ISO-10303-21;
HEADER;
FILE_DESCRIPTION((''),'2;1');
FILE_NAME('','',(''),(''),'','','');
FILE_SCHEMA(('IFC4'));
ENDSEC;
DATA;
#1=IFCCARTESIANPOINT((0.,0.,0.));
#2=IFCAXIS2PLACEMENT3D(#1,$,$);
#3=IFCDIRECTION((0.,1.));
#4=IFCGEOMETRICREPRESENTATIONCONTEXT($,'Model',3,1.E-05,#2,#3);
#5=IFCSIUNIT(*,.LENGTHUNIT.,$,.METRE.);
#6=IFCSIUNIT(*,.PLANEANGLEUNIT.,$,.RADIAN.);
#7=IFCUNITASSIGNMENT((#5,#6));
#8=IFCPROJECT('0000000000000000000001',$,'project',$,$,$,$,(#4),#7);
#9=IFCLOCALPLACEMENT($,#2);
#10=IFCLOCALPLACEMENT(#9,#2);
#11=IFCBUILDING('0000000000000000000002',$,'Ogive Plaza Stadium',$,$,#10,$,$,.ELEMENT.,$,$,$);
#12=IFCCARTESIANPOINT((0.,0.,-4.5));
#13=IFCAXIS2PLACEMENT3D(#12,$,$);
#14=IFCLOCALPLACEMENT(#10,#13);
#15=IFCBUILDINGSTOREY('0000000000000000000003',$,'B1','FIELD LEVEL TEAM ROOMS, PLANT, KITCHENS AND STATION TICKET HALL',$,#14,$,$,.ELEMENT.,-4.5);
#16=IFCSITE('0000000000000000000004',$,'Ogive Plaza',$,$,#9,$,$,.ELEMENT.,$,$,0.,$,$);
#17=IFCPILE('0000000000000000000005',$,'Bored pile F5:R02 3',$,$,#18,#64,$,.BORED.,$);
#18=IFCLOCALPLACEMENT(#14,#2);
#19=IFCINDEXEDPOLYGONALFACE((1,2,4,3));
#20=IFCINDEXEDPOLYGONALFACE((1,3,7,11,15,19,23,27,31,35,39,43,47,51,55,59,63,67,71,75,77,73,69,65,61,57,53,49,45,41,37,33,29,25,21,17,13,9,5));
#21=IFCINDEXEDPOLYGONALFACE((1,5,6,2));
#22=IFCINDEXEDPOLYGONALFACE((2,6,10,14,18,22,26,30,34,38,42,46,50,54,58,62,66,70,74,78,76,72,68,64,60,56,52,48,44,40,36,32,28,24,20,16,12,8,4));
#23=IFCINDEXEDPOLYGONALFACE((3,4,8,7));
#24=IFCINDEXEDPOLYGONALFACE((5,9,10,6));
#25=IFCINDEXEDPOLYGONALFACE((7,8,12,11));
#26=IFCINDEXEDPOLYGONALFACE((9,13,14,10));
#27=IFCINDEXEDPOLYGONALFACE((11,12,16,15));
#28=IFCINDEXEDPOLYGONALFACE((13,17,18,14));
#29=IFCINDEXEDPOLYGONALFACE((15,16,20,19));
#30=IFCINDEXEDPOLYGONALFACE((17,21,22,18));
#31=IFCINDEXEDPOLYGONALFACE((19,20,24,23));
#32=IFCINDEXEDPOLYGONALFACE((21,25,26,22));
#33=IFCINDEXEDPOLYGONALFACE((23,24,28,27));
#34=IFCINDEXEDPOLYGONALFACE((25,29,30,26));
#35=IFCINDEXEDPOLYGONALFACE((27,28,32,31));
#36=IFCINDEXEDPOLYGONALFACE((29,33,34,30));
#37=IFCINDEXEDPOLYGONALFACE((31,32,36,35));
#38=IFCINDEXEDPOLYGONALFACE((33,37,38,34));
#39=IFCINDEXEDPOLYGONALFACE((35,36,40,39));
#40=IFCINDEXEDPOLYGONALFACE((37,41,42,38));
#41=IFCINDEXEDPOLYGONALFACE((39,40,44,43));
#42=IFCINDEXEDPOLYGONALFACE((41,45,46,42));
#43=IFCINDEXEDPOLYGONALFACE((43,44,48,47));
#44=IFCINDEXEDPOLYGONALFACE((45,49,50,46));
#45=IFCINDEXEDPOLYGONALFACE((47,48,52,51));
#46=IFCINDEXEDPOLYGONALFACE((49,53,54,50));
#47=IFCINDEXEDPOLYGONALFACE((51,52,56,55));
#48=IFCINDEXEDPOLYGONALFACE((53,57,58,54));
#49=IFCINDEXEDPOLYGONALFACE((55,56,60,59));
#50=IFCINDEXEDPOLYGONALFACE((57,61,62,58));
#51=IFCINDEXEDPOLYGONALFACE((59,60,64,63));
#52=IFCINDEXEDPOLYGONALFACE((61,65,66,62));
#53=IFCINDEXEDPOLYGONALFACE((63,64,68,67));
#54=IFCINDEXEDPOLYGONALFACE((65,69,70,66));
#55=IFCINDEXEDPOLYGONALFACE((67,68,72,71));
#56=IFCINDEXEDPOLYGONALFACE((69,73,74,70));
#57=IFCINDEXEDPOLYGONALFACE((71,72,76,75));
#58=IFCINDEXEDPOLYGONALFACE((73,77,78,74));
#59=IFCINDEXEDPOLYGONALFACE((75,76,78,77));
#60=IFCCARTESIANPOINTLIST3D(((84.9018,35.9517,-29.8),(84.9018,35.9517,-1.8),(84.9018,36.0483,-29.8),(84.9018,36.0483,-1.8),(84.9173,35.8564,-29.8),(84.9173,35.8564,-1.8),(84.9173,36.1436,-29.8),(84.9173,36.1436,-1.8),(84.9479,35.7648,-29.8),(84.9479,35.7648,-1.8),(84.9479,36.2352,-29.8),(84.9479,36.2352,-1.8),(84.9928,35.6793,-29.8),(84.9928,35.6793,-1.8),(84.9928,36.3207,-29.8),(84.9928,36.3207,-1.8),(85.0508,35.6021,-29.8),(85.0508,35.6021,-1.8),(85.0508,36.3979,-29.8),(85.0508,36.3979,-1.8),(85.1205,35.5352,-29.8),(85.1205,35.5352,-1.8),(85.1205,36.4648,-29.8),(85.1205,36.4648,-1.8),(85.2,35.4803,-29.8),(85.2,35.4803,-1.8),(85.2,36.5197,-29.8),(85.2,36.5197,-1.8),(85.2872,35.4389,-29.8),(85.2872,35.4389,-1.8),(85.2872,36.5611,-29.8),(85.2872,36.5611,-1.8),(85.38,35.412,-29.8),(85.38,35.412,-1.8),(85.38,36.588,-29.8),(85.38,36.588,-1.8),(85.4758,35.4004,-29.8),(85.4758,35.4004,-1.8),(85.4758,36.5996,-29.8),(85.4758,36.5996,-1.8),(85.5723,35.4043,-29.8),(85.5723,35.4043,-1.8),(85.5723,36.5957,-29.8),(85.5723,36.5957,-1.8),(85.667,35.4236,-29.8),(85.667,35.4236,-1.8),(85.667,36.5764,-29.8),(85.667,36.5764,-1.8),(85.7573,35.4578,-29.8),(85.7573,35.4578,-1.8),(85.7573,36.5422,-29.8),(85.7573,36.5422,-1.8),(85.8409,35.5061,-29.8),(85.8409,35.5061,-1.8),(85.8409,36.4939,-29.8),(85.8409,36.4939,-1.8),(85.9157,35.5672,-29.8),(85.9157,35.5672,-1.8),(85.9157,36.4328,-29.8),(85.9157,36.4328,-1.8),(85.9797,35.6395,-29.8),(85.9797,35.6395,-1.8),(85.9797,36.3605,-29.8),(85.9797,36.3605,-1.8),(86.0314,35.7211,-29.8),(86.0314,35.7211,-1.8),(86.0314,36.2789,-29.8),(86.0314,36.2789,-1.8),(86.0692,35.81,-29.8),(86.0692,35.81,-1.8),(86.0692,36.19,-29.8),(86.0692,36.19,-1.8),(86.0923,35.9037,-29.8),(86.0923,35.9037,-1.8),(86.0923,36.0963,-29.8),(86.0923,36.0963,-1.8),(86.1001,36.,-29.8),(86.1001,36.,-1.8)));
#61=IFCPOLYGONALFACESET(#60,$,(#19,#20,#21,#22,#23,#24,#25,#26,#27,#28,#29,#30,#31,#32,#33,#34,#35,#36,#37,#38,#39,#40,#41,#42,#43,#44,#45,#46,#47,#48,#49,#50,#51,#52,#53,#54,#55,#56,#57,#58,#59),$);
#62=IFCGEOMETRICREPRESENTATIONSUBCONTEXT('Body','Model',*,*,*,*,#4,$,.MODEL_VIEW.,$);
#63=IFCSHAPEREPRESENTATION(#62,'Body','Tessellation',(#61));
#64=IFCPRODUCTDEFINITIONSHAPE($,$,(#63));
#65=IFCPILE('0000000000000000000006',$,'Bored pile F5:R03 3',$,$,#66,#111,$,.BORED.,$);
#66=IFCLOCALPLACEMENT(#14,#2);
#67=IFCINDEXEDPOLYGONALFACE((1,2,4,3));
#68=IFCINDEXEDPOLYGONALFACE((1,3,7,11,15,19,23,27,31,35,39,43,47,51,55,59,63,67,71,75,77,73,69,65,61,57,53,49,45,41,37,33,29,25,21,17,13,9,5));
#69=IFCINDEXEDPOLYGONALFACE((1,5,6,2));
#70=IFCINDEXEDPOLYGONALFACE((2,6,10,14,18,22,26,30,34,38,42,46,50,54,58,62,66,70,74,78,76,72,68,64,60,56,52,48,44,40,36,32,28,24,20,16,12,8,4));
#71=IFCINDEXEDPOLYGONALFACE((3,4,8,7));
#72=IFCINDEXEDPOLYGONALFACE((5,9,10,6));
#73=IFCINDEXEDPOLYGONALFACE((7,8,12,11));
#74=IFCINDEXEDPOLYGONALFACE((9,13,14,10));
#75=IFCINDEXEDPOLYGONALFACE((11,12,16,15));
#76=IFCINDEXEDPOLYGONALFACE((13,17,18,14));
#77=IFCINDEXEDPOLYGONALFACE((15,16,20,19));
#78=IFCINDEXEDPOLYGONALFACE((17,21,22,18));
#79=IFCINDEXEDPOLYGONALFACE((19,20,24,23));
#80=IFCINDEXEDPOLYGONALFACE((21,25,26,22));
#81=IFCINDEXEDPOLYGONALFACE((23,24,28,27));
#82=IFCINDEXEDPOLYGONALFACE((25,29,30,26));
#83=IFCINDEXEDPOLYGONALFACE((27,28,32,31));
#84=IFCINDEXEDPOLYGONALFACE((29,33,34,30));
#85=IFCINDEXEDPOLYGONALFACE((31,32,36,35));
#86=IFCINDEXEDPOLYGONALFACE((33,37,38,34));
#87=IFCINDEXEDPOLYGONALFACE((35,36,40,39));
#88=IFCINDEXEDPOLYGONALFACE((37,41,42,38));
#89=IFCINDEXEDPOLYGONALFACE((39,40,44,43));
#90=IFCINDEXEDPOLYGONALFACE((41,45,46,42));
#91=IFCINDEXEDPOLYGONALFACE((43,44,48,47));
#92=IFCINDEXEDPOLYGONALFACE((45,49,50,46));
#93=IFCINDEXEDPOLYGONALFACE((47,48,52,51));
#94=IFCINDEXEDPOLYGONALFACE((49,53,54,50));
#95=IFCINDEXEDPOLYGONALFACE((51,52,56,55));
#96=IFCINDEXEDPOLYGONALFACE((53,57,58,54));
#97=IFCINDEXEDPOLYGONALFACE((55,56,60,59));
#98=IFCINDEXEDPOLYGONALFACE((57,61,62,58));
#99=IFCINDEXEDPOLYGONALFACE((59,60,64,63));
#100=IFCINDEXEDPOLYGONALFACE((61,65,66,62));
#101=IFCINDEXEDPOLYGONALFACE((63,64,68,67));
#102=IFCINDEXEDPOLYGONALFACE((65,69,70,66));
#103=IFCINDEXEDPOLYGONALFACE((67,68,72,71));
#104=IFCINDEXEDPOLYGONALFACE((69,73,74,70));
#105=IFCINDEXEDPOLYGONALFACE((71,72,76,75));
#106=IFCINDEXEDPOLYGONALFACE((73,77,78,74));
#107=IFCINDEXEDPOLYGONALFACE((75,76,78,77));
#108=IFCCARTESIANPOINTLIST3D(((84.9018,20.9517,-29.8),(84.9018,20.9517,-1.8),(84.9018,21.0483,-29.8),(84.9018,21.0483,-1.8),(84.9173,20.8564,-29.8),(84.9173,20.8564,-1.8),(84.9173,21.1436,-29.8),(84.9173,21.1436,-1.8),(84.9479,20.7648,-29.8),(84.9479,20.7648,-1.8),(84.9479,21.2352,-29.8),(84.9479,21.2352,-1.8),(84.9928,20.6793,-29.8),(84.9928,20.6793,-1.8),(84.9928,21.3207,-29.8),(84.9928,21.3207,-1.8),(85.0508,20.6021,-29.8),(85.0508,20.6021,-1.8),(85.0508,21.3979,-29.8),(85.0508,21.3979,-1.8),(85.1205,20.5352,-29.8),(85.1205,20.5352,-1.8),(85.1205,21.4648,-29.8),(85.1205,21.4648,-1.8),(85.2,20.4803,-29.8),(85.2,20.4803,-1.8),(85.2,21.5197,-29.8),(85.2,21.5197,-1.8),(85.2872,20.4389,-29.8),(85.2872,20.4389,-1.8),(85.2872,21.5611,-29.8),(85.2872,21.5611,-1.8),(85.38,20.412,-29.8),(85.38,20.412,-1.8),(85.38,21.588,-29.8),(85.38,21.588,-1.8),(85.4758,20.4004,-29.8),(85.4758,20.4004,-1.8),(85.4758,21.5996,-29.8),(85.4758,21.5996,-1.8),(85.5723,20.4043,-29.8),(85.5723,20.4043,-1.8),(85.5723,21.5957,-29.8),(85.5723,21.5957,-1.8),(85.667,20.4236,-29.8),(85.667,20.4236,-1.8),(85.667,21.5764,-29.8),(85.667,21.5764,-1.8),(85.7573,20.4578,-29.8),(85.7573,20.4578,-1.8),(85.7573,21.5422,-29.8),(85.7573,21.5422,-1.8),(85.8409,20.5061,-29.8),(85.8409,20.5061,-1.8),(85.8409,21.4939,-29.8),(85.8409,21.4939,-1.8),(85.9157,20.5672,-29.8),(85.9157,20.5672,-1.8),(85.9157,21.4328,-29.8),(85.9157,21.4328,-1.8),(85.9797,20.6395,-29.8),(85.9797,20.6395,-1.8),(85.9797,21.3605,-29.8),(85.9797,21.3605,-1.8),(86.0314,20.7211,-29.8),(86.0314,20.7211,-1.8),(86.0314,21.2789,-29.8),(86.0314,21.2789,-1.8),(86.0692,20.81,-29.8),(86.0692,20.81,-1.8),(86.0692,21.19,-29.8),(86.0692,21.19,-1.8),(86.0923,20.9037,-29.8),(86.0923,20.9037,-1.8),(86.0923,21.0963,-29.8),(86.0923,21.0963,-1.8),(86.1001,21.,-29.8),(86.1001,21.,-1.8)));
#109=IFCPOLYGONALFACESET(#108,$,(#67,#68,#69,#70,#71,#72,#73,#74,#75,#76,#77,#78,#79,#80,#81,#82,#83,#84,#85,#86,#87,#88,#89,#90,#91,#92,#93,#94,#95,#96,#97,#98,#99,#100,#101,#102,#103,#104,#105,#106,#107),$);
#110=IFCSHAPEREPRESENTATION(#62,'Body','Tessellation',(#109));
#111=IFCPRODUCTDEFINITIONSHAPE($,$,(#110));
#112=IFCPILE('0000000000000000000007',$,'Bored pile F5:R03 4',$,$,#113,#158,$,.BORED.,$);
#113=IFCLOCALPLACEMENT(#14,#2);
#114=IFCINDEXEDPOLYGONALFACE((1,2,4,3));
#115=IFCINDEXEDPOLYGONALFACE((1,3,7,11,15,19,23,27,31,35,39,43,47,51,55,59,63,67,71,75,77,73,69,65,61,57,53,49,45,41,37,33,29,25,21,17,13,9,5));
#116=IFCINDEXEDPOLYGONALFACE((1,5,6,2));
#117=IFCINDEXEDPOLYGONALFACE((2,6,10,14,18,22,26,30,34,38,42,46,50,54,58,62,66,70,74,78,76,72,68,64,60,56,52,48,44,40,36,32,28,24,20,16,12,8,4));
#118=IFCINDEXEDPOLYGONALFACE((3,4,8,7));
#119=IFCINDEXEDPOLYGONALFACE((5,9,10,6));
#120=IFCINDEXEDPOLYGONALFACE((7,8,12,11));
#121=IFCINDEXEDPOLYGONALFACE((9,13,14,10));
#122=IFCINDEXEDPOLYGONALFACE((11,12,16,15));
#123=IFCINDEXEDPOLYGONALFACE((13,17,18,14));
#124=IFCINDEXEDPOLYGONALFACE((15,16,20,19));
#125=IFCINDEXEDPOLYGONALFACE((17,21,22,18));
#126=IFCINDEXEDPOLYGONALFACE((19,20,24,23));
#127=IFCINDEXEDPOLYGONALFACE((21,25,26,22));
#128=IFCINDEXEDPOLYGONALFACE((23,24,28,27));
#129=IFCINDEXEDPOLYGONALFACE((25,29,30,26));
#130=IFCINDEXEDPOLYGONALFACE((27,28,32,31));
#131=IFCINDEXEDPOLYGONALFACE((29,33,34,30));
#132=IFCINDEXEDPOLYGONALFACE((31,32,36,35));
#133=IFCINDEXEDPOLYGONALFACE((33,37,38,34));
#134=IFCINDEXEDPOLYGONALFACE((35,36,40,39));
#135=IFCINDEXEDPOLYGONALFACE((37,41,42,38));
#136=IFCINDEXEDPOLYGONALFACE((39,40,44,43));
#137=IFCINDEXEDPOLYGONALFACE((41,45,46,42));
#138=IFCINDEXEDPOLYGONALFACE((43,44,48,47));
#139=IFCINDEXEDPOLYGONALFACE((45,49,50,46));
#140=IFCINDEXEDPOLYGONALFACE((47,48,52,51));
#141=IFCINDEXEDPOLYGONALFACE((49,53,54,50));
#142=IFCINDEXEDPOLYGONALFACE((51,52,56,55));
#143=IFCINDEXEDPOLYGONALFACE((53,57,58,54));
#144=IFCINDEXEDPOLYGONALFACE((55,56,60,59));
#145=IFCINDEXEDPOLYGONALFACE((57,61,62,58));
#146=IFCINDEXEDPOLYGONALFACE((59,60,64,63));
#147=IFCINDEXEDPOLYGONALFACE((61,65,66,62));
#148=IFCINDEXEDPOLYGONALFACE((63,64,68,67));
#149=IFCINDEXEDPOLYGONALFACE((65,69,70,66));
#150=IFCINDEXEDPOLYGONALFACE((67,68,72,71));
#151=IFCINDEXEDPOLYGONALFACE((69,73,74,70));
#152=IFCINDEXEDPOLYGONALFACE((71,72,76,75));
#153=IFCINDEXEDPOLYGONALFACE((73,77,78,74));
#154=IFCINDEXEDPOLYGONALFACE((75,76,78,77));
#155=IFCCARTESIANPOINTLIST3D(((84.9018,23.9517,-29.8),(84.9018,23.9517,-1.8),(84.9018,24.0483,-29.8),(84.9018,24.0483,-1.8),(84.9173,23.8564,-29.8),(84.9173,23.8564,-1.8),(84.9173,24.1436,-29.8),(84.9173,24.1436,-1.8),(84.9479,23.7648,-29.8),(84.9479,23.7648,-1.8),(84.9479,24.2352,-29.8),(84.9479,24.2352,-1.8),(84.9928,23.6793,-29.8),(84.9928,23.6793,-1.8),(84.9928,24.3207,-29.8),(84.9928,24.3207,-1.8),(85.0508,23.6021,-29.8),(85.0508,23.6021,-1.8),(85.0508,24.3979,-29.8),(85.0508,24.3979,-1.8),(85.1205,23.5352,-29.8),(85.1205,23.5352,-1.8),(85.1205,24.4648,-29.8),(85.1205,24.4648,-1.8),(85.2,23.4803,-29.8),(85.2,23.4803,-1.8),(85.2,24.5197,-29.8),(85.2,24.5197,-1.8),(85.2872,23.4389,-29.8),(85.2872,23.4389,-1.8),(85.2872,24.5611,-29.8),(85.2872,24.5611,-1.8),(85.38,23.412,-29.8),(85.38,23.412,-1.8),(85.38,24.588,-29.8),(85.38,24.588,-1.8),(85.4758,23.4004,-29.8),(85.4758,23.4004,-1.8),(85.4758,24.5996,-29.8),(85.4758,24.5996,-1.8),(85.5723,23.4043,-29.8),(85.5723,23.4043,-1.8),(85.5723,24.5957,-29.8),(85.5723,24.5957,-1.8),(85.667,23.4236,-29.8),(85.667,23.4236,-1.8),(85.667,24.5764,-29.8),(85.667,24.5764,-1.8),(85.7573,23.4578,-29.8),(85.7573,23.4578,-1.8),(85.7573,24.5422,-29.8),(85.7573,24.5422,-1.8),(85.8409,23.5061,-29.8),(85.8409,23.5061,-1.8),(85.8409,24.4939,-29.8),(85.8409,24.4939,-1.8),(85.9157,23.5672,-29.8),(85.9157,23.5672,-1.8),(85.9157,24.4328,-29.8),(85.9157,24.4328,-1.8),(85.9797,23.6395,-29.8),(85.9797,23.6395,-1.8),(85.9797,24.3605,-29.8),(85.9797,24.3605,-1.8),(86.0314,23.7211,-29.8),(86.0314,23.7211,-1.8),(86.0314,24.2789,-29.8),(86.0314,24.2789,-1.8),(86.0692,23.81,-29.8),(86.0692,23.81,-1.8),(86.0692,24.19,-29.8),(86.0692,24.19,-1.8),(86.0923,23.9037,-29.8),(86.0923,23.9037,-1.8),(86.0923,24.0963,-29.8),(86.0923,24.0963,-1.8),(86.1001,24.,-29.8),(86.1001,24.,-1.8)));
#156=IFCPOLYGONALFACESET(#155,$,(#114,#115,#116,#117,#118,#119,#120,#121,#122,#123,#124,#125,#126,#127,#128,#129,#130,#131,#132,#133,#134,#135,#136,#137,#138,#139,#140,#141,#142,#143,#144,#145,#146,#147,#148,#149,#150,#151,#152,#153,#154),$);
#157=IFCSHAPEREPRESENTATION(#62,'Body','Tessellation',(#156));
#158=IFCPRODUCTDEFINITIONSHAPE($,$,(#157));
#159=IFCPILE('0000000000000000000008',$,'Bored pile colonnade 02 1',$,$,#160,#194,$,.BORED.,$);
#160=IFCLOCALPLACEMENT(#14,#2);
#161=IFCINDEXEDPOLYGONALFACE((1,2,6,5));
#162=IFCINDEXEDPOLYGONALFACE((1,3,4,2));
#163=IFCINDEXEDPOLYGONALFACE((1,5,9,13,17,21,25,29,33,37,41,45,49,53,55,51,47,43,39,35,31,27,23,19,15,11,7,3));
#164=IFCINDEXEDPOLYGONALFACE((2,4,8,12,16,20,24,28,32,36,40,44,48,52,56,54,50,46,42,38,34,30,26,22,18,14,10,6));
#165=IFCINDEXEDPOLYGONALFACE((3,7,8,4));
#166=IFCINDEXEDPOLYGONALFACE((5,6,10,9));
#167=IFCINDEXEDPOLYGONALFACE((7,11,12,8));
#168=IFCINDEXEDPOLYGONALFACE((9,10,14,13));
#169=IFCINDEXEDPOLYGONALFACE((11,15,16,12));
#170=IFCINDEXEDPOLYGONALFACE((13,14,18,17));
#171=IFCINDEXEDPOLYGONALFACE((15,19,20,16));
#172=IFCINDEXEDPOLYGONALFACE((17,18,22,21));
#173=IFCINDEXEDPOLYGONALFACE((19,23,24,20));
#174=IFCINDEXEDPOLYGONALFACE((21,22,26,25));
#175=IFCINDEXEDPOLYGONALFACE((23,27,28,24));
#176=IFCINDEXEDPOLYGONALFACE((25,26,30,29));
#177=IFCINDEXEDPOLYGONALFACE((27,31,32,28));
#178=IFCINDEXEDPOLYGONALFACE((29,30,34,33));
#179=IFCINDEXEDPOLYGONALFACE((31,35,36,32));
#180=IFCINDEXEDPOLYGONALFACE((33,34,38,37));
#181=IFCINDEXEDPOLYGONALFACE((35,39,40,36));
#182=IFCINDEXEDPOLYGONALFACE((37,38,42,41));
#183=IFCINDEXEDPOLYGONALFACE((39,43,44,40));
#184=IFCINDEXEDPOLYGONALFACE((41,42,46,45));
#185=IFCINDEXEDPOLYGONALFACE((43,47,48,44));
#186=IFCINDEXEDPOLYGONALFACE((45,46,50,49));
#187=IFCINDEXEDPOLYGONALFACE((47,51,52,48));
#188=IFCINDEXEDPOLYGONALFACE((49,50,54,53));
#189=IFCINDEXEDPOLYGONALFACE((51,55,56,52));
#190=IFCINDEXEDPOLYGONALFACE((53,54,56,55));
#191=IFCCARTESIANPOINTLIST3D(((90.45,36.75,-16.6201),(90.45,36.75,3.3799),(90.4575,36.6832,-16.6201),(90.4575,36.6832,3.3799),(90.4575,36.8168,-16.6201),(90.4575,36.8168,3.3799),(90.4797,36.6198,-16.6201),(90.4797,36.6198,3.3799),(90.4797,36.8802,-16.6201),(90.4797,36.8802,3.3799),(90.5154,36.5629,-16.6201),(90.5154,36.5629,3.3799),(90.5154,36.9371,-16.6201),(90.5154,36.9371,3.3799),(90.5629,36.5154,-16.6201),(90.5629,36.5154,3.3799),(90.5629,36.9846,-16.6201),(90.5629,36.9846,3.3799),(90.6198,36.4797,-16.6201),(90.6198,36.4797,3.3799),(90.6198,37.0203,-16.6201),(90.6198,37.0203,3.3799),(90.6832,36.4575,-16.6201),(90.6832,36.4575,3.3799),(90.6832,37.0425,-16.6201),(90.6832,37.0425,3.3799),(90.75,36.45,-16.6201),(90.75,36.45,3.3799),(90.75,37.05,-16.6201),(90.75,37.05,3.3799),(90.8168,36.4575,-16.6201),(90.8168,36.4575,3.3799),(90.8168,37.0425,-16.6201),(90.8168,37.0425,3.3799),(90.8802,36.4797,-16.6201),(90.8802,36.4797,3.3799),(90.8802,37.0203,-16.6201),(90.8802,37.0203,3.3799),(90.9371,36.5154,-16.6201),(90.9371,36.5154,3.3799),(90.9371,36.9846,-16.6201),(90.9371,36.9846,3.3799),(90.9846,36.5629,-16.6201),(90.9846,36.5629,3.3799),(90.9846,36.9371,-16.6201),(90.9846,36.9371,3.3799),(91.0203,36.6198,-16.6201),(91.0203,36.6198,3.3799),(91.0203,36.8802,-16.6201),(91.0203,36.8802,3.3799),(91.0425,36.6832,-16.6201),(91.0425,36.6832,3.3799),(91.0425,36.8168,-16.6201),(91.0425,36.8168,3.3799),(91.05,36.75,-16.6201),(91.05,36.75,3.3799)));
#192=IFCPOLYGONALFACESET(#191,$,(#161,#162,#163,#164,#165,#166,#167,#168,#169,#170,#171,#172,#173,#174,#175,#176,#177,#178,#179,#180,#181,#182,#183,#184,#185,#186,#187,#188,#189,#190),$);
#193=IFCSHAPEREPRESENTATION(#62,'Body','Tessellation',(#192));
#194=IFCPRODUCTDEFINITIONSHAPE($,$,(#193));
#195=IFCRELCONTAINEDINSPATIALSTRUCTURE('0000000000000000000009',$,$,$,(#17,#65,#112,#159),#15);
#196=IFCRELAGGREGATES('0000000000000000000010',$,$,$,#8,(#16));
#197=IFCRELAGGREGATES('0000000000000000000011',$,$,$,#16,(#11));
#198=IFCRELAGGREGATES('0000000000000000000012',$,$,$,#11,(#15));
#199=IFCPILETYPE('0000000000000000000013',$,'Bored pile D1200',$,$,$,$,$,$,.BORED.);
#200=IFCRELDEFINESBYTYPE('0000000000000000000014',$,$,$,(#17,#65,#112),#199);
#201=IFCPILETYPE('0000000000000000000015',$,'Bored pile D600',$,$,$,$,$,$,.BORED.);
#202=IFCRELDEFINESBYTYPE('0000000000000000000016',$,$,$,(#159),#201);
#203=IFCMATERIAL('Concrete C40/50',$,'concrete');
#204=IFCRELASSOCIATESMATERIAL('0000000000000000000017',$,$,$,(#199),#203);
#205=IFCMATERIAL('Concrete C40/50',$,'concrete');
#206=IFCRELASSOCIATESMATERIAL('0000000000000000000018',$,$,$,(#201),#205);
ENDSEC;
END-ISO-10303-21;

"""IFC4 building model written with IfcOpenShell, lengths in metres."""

from ifc_helpers import new_model, si_unit, direction, frame, origin, origin_2d, place, context, subcontext, project, spatial, circle, extrude, material, material_profile, profile_set, type_object, element, save


model = new_model("IFC4")

# Units and contexts
model_context = context("Model", 3, precision=1e-05, world=origin(), true_north=direction((0.0, 1.0)))
body_context = subcontext(model_context, "Body", "Model", "MODEL_VIEW")
ifc_project = project(units=[si_unit("LENGTHUNIT", "METRE"), si_unit("PLANEANGLEUNIT", "RADIAN")], contexts=[model_context])

# Site, building, storey
site_placement = place(None, origin())
site = spatial("IfcSite", under=ifc_project, at=site_placement, Name="Ogive Plaza", CompositionType="ELEMENT", RefElevation=0.0)
building_placement = place(site_placement, origin())
building = spatial("IfcBuilding", under=site, at=building_placement, Name="Ogive Plaza Stadium", CompositionType="ELEMENT")
storey_placement = place(building_placement, frame((0.0, 0.0, -4.5)))
storey = spatial("IfcBuildingStorey", under=building, at=storey_placement, Name="B1", Description="FIELD LEVEL TEAM ROOMS, PLANT, KITCHENS AND STATION TICKET HALL", CompositionType="ELEMENT", Elevation=-4.5)

# Piles
ifc_material_1 = material(Name="Concrete C40/50", Category="concrete")
ifc_material_profile_1 = material_profile(ifc_material_1, circle(Radius=0.6001, at=origin_2d()), Name="RC D1200")
ifc_profile_set_1 = profile_set([ifc_material_profile_1], Name="Concrete C40/50")
pile_type_1 = type_object("IfcPileType", Name="Bored pile D1200", PredefinedType="BORED", material=ifc_profile_set_1)
for number, where, z_axis, x_axis, name in (
    (1, (85.5, 36.0, -1.8), (0.0, 0.0, -1.0), (1.0, 0.0, 0.0), "Bored pile F5:R02 3"),
    (2, (85.5, 21.0, -1.8), (0.0, 0.0, -1.0), (1.0, 0.0, 0.0), "Bored pile F5:R03 3"),
    (3, (85.5, 24.0, -1.8), (0.0, 0.0, -1.0), (1.0, 0.0, 0.0), "Bored pile F5:R03 4"),
):
    element("IfcPile", number, at=place(storey_placement, frame(where, z_axis=z_axis, x_axis=x_axis)), inside=storey, type_object=pile_type_1, Name=name, PredefinedType="BORED", context=body_context, shape_type="SweptSolid", body=[
        extrude(circle(Radius=0.6001, at=origin_2d()), origin(), (0.0, 0.0, 1.0), 28.0),
    ])
ifc_material_2 = material(Name="Concrete C40/50", Category="concrete")
ifc_material_profile_2 = material_profile(ifc_material_2, circle(Radius=0.3, at=origin_2d()), Name="RC D600")
ifc_profile_set_2 = profile_set([ifc_material_profile_2], Name="Concrete C40/50")
pile_type_2 = type_object("IfcPileType", Name="Bored pile D600", PredefinedType="BORED", material=ifc_profile_set_2)
for number, where, z_axis, x_axis, name in (
    (4, (90.75, 36.75, 3.3799), (0.0, 0.0, -1.0), (1.0, 0.0, 0.0), "Bored pile colonnade 02 1"),
):
    element("IfcPile", number, at=place(storey_placement, frame(where, z_axis=z_axis, x_axis=x_axis)), inside=storey, type_object=pile_type_2, Name=name, PredefinedType="BORED", context=body_context, shape_type="SweptSolid", body=[
        extrude(circle(Radius=0.3, at=origin_2d()), origin(), (0.0, 0.0, 1.0), 20.0),
    ])

save(model, "model.ifc")
